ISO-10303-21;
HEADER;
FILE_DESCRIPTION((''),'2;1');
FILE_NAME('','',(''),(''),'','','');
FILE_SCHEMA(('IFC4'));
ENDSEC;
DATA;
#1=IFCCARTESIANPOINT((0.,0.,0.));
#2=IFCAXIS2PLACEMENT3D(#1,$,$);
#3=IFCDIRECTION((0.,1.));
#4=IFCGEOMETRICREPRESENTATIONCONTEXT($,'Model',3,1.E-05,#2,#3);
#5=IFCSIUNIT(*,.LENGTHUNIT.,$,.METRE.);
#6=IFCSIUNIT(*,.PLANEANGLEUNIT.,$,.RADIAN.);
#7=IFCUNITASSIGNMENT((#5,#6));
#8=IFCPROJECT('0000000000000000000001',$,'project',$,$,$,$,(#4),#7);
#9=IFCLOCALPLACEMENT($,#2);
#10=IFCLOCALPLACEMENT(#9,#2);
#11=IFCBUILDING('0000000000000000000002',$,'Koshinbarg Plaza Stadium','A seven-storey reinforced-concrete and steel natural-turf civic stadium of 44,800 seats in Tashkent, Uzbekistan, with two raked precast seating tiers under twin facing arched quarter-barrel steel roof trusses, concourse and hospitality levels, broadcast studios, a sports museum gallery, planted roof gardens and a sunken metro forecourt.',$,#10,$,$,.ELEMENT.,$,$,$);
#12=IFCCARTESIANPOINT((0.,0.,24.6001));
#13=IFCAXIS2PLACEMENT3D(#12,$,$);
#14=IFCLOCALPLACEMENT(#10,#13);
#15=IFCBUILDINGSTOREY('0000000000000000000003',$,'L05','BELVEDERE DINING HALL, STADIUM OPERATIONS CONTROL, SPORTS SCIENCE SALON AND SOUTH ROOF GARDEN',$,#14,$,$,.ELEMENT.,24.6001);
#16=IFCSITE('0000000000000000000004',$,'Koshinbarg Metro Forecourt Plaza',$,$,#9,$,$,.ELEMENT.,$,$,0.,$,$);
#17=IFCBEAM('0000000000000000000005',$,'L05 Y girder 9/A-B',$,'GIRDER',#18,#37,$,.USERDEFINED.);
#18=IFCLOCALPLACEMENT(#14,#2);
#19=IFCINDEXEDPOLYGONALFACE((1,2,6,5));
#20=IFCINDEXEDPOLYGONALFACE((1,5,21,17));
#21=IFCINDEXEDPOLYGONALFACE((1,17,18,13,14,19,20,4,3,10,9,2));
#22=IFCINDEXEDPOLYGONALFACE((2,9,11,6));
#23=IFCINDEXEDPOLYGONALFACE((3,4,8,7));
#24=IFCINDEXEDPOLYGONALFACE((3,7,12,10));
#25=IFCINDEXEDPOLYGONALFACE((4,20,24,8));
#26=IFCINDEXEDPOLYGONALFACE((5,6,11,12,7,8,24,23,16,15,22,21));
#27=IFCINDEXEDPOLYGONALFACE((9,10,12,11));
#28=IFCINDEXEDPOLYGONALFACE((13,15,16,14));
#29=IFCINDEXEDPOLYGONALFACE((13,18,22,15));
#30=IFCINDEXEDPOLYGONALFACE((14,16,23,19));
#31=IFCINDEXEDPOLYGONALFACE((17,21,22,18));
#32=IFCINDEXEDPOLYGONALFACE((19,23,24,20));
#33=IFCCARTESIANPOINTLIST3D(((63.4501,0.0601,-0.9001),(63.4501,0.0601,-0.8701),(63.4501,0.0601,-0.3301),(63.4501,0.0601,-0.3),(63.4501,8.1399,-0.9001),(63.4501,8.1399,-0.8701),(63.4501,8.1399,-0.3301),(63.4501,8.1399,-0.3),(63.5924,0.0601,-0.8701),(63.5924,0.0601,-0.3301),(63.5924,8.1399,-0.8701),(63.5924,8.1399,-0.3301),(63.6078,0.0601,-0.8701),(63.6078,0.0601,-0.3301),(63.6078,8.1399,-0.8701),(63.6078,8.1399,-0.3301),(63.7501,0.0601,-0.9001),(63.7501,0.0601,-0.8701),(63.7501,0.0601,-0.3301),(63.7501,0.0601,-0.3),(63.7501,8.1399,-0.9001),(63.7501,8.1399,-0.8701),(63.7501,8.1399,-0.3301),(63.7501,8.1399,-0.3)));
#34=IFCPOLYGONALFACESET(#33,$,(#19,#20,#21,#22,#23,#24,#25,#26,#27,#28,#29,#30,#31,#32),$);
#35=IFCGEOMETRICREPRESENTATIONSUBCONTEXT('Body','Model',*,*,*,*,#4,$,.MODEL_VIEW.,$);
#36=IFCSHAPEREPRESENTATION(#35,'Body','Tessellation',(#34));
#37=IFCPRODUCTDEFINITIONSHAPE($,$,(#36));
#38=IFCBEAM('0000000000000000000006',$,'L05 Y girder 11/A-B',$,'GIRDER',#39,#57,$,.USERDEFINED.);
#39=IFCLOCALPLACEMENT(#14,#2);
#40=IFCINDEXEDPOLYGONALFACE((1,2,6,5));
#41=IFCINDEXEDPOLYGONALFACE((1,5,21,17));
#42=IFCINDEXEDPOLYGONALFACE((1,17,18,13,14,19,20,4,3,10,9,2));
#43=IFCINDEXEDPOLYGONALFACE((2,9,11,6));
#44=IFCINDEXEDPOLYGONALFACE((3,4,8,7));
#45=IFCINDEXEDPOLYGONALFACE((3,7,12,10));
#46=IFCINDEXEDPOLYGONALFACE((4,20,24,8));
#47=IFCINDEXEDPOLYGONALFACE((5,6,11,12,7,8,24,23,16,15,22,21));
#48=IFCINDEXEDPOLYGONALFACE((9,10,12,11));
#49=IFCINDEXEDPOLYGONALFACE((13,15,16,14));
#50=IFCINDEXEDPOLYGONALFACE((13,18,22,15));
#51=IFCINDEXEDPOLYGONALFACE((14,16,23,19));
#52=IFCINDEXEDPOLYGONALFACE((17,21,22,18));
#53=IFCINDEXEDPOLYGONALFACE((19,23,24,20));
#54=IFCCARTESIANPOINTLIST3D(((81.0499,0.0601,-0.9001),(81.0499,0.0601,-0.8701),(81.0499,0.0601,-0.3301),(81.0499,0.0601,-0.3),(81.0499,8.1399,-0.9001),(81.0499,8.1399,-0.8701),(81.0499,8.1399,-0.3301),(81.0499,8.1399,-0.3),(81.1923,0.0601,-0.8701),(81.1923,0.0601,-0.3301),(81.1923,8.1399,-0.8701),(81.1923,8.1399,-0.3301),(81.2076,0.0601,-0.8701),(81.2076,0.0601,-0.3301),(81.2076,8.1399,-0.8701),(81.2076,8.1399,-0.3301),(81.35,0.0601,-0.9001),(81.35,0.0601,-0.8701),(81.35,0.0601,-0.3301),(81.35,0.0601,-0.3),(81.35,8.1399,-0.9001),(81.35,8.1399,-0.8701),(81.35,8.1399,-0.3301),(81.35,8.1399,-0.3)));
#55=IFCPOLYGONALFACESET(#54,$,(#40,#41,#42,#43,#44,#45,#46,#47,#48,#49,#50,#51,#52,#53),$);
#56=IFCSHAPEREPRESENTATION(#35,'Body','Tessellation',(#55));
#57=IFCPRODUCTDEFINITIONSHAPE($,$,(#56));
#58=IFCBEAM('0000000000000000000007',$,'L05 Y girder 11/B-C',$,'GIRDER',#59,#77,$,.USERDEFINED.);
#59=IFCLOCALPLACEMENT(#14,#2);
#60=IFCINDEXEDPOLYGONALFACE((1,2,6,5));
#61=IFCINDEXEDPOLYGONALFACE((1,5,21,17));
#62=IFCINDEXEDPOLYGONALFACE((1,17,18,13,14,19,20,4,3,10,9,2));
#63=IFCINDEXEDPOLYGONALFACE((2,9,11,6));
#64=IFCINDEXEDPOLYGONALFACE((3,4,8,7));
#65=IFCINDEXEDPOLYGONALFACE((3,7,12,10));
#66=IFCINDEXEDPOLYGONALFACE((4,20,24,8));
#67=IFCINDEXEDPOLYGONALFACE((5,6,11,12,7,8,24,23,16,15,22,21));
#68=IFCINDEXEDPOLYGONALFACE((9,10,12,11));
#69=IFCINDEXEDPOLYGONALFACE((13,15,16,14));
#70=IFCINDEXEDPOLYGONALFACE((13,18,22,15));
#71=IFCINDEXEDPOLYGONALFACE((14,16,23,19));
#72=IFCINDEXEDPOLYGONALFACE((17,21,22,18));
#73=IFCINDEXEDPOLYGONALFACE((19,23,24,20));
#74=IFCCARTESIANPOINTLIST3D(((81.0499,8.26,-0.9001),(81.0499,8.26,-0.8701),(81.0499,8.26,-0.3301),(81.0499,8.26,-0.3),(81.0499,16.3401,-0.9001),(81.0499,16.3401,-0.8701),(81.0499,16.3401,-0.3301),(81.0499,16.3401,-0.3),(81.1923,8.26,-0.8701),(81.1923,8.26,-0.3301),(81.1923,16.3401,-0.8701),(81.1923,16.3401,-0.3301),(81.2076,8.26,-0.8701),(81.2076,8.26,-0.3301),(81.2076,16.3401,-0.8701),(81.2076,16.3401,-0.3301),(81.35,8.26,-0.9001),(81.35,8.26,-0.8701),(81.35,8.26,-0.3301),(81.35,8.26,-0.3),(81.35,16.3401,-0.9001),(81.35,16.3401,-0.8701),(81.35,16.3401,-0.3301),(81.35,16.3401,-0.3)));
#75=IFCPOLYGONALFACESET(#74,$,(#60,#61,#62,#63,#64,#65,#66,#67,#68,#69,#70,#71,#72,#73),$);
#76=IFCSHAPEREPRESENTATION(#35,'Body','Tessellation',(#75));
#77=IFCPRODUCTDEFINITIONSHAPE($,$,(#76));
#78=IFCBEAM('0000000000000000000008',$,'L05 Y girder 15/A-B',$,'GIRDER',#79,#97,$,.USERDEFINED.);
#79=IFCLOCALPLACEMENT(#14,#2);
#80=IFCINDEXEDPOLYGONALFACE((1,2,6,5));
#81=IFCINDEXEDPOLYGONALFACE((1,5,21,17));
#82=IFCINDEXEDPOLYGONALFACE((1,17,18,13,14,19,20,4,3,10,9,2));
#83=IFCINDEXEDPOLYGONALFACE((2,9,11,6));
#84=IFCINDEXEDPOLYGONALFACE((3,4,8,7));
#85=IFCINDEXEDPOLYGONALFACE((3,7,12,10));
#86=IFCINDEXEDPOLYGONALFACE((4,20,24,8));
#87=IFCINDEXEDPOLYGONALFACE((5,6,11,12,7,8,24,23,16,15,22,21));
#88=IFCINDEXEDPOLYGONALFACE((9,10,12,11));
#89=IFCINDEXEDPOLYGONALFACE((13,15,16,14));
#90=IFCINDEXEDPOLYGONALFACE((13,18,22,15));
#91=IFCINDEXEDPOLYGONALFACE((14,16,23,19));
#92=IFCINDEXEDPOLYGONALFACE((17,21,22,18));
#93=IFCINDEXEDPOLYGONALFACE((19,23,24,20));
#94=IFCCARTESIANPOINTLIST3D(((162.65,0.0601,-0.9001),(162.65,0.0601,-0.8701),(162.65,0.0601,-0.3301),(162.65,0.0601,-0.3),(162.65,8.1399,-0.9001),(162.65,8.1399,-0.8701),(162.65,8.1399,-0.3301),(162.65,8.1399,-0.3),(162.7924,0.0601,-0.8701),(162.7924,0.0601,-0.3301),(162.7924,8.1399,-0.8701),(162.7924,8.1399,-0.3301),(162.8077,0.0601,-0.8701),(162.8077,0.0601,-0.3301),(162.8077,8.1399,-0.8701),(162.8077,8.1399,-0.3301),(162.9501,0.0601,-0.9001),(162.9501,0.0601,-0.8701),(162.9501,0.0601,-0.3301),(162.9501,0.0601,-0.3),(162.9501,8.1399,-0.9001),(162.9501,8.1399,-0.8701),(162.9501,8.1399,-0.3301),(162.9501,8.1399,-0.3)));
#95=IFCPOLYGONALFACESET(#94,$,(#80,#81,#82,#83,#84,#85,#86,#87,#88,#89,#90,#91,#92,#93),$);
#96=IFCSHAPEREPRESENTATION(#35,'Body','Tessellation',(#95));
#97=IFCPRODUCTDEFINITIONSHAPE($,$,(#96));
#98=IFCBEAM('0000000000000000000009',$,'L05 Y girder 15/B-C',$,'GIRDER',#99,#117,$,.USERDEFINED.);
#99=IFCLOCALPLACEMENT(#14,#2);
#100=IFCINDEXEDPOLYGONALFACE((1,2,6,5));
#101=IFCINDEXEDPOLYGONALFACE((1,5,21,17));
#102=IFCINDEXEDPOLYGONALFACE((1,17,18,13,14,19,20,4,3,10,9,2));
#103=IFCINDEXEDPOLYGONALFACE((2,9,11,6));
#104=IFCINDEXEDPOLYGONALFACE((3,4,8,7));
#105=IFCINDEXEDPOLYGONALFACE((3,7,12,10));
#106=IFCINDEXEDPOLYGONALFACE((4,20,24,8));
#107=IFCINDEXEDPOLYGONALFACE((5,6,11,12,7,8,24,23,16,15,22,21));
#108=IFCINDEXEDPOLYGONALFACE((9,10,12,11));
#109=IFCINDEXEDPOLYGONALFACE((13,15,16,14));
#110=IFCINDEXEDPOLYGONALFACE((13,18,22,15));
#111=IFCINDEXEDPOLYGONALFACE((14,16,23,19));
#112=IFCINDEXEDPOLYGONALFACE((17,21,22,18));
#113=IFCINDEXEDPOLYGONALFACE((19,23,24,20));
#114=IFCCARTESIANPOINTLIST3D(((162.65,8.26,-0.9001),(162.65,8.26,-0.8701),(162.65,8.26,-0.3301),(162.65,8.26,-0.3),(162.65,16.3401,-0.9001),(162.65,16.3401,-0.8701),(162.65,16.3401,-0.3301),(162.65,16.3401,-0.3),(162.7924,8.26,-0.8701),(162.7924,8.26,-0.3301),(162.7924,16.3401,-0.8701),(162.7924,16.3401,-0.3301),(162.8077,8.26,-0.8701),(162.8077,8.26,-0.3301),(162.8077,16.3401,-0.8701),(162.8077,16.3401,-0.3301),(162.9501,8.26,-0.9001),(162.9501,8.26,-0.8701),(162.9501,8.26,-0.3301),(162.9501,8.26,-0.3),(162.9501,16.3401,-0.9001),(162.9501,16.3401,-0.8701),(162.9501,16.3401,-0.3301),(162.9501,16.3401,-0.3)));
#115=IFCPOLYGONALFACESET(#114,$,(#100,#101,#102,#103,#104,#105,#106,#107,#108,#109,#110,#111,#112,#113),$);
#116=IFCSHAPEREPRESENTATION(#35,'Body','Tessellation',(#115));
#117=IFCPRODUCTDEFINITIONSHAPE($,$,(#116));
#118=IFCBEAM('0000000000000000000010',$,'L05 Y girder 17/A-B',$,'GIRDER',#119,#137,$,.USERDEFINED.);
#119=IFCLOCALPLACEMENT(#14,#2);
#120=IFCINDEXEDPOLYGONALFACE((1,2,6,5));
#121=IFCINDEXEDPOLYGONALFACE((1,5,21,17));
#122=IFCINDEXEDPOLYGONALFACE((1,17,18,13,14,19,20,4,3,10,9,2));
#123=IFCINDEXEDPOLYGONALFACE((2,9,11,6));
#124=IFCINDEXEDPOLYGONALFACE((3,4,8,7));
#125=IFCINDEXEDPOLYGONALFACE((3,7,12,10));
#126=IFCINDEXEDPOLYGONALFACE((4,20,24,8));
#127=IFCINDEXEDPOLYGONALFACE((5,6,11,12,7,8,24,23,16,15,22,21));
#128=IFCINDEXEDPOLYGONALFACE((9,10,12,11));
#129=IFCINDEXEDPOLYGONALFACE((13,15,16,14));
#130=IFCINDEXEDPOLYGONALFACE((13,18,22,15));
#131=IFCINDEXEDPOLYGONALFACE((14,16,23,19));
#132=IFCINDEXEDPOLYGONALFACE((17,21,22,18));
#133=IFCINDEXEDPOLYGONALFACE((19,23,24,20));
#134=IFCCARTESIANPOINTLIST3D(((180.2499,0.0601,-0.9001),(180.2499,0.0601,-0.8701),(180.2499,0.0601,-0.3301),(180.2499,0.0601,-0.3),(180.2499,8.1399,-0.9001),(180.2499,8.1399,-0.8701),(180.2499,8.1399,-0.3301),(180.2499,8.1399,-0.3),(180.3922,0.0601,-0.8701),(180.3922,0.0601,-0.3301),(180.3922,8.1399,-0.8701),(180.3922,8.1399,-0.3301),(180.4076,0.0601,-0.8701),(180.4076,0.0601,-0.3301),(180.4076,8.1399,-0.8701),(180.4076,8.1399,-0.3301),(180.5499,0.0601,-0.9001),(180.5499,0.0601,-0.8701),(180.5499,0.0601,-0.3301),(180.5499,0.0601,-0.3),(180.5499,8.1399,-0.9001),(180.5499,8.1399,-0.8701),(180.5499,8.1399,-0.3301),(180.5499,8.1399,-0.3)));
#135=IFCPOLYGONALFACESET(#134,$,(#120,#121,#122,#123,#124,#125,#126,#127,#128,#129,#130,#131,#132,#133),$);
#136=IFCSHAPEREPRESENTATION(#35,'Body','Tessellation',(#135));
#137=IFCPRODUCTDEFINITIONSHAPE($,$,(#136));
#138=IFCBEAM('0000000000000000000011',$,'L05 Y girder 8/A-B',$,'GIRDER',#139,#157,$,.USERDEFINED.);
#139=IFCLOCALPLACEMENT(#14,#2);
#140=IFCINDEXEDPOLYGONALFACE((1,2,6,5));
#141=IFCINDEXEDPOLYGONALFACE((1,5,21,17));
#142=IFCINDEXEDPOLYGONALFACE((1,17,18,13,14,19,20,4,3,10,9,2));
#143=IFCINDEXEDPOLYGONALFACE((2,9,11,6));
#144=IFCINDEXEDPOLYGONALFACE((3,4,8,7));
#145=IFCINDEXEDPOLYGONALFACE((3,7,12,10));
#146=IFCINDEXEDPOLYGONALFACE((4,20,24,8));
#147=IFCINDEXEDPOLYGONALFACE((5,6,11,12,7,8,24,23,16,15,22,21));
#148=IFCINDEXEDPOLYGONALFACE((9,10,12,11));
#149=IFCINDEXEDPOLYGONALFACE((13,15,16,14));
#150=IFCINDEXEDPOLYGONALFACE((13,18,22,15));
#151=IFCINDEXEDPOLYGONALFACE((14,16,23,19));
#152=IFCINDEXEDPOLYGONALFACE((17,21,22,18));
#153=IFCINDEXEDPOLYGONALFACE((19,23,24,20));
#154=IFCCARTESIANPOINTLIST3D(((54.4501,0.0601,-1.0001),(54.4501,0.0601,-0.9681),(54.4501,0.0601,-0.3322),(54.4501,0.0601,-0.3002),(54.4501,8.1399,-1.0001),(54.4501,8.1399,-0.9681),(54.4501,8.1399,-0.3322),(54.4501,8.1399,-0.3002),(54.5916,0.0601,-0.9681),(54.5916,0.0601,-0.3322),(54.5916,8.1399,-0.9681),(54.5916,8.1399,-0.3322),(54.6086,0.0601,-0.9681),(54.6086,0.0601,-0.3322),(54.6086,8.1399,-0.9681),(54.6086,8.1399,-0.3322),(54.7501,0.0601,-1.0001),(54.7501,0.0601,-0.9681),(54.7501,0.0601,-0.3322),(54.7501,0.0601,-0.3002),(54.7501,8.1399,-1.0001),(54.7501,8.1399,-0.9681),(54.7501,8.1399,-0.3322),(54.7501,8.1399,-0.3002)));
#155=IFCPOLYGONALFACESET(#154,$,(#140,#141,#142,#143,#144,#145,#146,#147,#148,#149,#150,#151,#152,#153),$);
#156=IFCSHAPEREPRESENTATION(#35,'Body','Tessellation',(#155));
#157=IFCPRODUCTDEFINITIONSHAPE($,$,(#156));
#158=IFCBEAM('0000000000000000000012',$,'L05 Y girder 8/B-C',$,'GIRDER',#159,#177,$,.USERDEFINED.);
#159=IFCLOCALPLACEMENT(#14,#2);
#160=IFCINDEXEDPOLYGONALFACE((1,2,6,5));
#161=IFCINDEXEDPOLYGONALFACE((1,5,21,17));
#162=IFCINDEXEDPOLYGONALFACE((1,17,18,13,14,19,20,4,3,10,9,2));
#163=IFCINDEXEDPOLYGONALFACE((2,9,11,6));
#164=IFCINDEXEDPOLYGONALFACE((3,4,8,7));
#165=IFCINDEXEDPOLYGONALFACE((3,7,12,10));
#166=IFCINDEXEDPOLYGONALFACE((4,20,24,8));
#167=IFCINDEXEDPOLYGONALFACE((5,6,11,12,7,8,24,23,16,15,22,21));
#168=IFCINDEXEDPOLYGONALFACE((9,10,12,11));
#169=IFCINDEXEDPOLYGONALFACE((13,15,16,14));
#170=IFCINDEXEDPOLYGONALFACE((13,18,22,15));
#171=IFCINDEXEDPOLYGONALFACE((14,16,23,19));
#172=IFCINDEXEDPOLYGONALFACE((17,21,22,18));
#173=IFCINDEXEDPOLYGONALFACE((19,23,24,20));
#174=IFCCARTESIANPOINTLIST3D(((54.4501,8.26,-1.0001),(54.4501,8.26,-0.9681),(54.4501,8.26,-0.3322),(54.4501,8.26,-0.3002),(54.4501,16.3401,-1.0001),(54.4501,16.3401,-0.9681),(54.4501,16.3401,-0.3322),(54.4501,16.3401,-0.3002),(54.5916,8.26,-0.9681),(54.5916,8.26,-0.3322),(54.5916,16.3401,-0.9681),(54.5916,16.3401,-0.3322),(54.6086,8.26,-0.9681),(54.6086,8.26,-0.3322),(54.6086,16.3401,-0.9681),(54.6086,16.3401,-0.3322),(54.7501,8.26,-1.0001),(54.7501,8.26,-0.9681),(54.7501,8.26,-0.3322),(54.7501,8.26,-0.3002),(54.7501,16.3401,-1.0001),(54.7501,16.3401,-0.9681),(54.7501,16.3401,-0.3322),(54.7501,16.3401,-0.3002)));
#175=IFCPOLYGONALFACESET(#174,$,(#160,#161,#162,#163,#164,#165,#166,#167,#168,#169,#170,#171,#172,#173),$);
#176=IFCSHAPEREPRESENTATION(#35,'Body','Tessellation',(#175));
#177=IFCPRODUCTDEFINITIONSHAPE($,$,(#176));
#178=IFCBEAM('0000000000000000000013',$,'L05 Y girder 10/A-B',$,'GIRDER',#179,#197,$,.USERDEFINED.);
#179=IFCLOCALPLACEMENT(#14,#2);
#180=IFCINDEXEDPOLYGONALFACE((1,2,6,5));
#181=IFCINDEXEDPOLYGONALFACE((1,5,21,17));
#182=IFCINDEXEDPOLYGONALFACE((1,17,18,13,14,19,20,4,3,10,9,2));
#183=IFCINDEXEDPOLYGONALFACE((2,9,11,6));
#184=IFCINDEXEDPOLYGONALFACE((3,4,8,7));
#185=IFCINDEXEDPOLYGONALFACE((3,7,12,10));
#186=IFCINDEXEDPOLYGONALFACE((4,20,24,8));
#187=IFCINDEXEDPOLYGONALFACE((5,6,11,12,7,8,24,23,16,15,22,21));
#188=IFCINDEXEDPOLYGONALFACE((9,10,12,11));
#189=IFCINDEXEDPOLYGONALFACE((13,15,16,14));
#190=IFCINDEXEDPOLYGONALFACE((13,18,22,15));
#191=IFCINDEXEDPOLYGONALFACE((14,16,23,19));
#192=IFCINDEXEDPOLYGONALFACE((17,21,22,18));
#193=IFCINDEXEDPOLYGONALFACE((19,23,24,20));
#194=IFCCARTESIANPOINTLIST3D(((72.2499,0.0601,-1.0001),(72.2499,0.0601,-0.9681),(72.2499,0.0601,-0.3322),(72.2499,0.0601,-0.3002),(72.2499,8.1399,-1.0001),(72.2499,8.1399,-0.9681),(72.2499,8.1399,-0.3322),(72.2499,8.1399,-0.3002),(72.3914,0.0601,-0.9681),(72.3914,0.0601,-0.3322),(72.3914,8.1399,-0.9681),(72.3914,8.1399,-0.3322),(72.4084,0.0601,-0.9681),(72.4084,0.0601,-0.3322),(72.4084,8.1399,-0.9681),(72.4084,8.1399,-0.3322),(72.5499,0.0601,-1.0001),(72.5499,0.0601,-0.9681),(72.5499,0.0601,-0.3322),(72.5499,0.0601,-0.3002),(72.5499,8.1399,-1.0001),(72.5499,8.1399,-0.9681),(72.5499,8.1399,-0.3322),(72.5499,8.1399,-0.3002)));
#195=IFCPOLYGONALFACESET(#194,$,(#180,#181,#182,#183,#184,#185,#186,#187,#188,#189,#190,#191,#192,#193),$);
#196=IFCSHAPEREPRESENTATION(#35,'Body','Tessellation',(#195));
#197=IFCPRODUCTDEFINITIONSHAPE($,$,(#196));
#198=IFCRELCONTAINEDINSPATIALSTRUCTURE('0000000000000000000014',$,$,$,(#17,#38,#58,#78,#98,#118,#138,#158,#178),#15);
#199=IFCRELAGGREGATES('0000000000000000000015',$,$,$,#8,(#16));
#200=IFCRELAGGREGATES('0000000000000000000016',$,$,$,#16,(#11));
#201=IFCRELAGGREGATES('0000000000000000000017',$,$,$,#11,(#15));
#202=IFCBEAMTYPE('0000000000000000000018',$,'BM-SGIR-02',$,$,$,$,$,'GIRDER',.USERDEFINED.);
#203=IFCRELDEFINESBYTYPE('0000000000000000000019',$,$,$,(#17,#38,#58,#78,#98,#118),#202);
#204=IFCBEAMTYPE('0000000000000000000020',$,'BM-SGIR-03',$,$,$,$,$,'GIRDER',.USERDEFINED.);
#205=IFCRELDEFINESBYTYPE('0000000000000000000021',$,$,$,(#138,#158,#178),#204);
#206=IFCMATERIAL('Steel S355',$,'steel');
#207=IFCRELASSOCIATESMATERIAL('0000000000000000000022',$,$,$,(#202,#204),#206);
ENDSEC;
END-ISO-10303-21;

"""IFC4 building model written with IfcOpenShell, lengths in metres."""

from ifc_helpers import new_model, si_unit, direction, frame, origin, origin_2d, place, context, subcontext, project, spatial, i_section, extrude, material, material_profile, profile_set, type_object, element, save


model = new_model("IFC4")

# Units and contexts
model_context = context("Model", 3, precision=1e-05, world=origin(), true_north=direction((0.0, 1.0)))
body_context = subcontext(model_context, "Body", "Model", "MODEL_VIEW")
ifc_project = project(units=[si_unit("LENGTHUNIT", "METRE"), si_unit("PLANEANGLEUNIT", "RADIAN")], contexts=[model_context])

# Site, building, storey
site_placement = place(None, origin())
site = spatial("IfcSite", under=ifc_project, at=site_placement, Name="Koshinbarg Metro Forecourt Plaza", CompositionType="ELEMENT", RefElevation=0.0)
building_placement = place(site_placement, origin())
building = spatial("IfcBuilding", under=site, at=building_placement, Name="Koshinbarg Plaza Stadium", Description="A seven-storey reinforced-concrete and steel natural-turf civic stadium of 44,800 seats in Tashkent, Uzbekistan, with two raked precast seating tiers under twin facing arched quarter-barrel steel roof trusses, concourse and hospitality levels, broadcast studios, a sports museum gallery, planted roof gardens and a sunken metro forecourt.", CompositionType="ELEMENT")
storey_placement = place(building_placement, frame((0.0, 0.0, 24.6001)))
storey = spatial("IfcBuildingStorey", under=building, at=storey_placement, Name="L05", Description="BELVEDERE DINING HALL, STADIUM OPERATIONS CONTROL, SPORTS SCIENCE SALON AND SOUTH ROOF GARDEN", CompositionType="ELEMENT", Elevation=24.6001)

# Beams
ifc_material = material(Name="Steel S355", Category="steel")
ifc_material_profile_1 = material_profile(ifc_material, i_section(OverallWidth=0.3, OverallDepth=0.6001, WebThickness=0.0154, FlangeThickness=0.03, at=origin_2d()), Name="HEB 600")
ifc_profile_set_1 = profile_set([ifc_material_profile_1], Name="Steel S355")
beam_type_1 = type_object("IfcBeamType", Name="BM-SGIR-02", ElementType="GIRDER", PredefinedType="USERDEFINED", material=ifc_profile_set_1)
for number, where, z_axis, x_axis, name in (
    (1, (63.6001, 0.0601, -0.6001), (0.0, 1.0, 0.0), (-1.0, 0.0, 0.0), "L05 Y girder 9/A-B"),
    (2, (81.2, 0.0601, -0.6001), (0.0, 1.0, 0.0), (-1.0, 0.0, 0.0), "L05 Y girder 11/A-B"),
):
    element("IfcBeam", number, at=place(storey_placement, frame(where, z_axis=z_axis, x_axis=x_axis)), inside=storey, type_object=beam_type_1, Name=name, ObjectType="GIRDER", PredefinedType="USERDEFINED", context=body_context, shape_type="SweptSolid", body=[
        extrude(i_section(OverallWidth=0.3, OverallDepth=0.6001, WebThickness=0.0154, FlangeThickness=0.03, at=origin_2d()), origin(), (0.0, 0.0, 1.0), 8.0798),
    ])
beam_1_placement = place(storey_placement, frame((81.2, 8.26, -0.6001), z_axis=(0.0, 1.0, 0.0), x_axis=(-1.0, 0.0, 0.0)))
element("IfcBeam", 3, at=beam_1_placement, inside=storey, type_object=beam_type_1, Name="L05 Y girder 11/B-C", ObjectType="GIRDER", PredefinedType="USERDEFINED", context=body_context, shape_type="SweptSolid", body=[
    extrude(i_section(OverallWidth=0.3, OverallDepth=0.6001, WebThickness=0.0154, FlangeThickness=0.03, at=origin_2d()), origin(), (0.0, 0.0, 1.0), 8.0801),
])
beam_2_placement = place(storey_placement, frame((162.8, 0.0601, -0.6001), z_axis=(0.0, 1.0, 0.0), x_axis=(-1.0, 0.0, 0.0)))
element("IfcBeam", 4, at=beam_2_placement, inside=storey, type_object=beam_type_1, Name="L05 Y girder 15/A-B", ObjectType="GIRDER", PredefinedType="USERDEFINED", context=body_context, shape_type="SweptSolid", body=[
    extrude(i_section(OverallWidth=0.3, OverallDepth=0.6001, WebThickness=0.0154, FlangeThickness=0.03, at=origin_2d()), origin(), (0.0, 0.0, 1.0), 8.0798),
])
beam_3_placement = place(storey_placement, frame((162.8, 8.26, -0.6001), z_axis=(0.0, 1.0, 0.0), x_axis=(-1.0, 0.0, 0.0)))
element("IfcBeam", 5, at=beam_3_placement, inside=storey, type_object=beam_type_1, Name="L05 Y girder 15/B-C", ObjectType="GIRDER", PredefinedType="USERDEFINED", context=body_context, shape_type="SweptSolid", body=[
    extrude(i_section(OverallWidth=0.3, OverallDepth=0.6001, WebThickness=0.0154, FlangeThickness=0.03, at=origin_2d()), origin(), (0.0, 0.0, 1.0), 8.0801),
])
beam_4_placement = place(storey_placement, frame((180.3999, 0.0601, -0.6001), z_axis=(0.0, 1.0, 0.0), x_axis=(-1.0, 0.0, 0.0)))
element("IfcBeam", 6, at=beam_4_placement, inside=storey, type_object=beam_type_1, Name="L05 Y girder 17/A-B", ObjectType="GIRDER", PredefinedType="USERDEFINED", context=body_context, shape_type="SweptSolid", body=[
    extrude(i_section(OverallWidth=0.3, OverallDepth=0.6001, WebThickness=0.0154, FlangeThickness=0.03, at=origin_2d()), origin(), (0.0, 0.0, 1.0), 8.0798),
])
ifc_material_profile_2 = material_profile(ifc_material, i_section(OverallWidth=0.3, OverallDepth=0.7, WebThickness=0.0171, FlangeThickness=0.032, at=origin_2d()), Name="HEB 700")
ifc_profile_set_2 = profile_set([ifc_material_profile_2], Name="Steel S355")
beam_type_2 = type_object("IfcBeamType", Name="BM-SGIR-03", ElementType="GIRDER", PredefinedType="USERDEFINED", material=ifc_profile_set_2)
beam_5_placement = place(storey_placement, frame((54.6001, 0.0601, -0.6501), z_axis=(0.0, 1.0, 0.0), x_axis=(-1.0, 0.0, 0.0)))
element("IfcBeam", 7, at=beam_5_placement, inside=storey, type_object=beam_type_2, Name="L05 Y girder 8/A-B", ObjectType="GIRDER", PredefinedType="USERDEFINED", context=body_context, shape_type="SweptSolid", body=[
    extrude(i_section(OverallWidth=0.3, OverallDepth=0.7, WebThickness=0.0171, FlangeThickness=0.032, at=origin_2d()), origin(), (0.0, 0.0, 1.0), 8.0798),
])
beam_6_placement = place(storey_placement, frame((54.6001, 8.26, -0.6501), z_axis=(0.0, 1.0, 0.0), x_axis=(-1.0, 0.0, 0.0)))
element("IfcBeam", 8, at=beam_6_placement, inside=storey, type_object=beam_type_2, Name="L05 Y girder 8/B-C", ObjectType="GIRDER", PredefinedType="USERDEFINED", context=body_context, shape_type="SweptSolid", body=[
    extrude(i_section(OverallWidth=0.3, OverallDepth=0.7, WebThickness=0.0171, FlangeThickness=0.032, at=origin_2d()), origin(), (0.0, 0.0, 1.0), 8.0801),
])
for number, where, z_axis, x_axis, name in (
    (9, (72.3999, 0.0601, -0.6501), (0.0, 1.0, 0.0), (-1.0, 0.0, 0.0), "L05 Y girder 10/A-B"),
):
    element("IfcBeam", number, at=place(storey_placement, frame(where, z_axis=z_axis, x_axis=x_axis)), inside=storey, type_object=beam_type_2, Name=name, ObjectType="GIRDER", PredefinedType="USERDEFINED", context=body_context, shape_type="SweptSolid", body=[
        extrude(i_section(OverallWidth=0.3, OverallDepth=0.7, WebThickness=0.0171, FlangeThickness=0.032, at=origin_2d()), origin(), (0.0, 0.0, 1.0), 8.0798),
    ])

save(model, "model.ifc")
